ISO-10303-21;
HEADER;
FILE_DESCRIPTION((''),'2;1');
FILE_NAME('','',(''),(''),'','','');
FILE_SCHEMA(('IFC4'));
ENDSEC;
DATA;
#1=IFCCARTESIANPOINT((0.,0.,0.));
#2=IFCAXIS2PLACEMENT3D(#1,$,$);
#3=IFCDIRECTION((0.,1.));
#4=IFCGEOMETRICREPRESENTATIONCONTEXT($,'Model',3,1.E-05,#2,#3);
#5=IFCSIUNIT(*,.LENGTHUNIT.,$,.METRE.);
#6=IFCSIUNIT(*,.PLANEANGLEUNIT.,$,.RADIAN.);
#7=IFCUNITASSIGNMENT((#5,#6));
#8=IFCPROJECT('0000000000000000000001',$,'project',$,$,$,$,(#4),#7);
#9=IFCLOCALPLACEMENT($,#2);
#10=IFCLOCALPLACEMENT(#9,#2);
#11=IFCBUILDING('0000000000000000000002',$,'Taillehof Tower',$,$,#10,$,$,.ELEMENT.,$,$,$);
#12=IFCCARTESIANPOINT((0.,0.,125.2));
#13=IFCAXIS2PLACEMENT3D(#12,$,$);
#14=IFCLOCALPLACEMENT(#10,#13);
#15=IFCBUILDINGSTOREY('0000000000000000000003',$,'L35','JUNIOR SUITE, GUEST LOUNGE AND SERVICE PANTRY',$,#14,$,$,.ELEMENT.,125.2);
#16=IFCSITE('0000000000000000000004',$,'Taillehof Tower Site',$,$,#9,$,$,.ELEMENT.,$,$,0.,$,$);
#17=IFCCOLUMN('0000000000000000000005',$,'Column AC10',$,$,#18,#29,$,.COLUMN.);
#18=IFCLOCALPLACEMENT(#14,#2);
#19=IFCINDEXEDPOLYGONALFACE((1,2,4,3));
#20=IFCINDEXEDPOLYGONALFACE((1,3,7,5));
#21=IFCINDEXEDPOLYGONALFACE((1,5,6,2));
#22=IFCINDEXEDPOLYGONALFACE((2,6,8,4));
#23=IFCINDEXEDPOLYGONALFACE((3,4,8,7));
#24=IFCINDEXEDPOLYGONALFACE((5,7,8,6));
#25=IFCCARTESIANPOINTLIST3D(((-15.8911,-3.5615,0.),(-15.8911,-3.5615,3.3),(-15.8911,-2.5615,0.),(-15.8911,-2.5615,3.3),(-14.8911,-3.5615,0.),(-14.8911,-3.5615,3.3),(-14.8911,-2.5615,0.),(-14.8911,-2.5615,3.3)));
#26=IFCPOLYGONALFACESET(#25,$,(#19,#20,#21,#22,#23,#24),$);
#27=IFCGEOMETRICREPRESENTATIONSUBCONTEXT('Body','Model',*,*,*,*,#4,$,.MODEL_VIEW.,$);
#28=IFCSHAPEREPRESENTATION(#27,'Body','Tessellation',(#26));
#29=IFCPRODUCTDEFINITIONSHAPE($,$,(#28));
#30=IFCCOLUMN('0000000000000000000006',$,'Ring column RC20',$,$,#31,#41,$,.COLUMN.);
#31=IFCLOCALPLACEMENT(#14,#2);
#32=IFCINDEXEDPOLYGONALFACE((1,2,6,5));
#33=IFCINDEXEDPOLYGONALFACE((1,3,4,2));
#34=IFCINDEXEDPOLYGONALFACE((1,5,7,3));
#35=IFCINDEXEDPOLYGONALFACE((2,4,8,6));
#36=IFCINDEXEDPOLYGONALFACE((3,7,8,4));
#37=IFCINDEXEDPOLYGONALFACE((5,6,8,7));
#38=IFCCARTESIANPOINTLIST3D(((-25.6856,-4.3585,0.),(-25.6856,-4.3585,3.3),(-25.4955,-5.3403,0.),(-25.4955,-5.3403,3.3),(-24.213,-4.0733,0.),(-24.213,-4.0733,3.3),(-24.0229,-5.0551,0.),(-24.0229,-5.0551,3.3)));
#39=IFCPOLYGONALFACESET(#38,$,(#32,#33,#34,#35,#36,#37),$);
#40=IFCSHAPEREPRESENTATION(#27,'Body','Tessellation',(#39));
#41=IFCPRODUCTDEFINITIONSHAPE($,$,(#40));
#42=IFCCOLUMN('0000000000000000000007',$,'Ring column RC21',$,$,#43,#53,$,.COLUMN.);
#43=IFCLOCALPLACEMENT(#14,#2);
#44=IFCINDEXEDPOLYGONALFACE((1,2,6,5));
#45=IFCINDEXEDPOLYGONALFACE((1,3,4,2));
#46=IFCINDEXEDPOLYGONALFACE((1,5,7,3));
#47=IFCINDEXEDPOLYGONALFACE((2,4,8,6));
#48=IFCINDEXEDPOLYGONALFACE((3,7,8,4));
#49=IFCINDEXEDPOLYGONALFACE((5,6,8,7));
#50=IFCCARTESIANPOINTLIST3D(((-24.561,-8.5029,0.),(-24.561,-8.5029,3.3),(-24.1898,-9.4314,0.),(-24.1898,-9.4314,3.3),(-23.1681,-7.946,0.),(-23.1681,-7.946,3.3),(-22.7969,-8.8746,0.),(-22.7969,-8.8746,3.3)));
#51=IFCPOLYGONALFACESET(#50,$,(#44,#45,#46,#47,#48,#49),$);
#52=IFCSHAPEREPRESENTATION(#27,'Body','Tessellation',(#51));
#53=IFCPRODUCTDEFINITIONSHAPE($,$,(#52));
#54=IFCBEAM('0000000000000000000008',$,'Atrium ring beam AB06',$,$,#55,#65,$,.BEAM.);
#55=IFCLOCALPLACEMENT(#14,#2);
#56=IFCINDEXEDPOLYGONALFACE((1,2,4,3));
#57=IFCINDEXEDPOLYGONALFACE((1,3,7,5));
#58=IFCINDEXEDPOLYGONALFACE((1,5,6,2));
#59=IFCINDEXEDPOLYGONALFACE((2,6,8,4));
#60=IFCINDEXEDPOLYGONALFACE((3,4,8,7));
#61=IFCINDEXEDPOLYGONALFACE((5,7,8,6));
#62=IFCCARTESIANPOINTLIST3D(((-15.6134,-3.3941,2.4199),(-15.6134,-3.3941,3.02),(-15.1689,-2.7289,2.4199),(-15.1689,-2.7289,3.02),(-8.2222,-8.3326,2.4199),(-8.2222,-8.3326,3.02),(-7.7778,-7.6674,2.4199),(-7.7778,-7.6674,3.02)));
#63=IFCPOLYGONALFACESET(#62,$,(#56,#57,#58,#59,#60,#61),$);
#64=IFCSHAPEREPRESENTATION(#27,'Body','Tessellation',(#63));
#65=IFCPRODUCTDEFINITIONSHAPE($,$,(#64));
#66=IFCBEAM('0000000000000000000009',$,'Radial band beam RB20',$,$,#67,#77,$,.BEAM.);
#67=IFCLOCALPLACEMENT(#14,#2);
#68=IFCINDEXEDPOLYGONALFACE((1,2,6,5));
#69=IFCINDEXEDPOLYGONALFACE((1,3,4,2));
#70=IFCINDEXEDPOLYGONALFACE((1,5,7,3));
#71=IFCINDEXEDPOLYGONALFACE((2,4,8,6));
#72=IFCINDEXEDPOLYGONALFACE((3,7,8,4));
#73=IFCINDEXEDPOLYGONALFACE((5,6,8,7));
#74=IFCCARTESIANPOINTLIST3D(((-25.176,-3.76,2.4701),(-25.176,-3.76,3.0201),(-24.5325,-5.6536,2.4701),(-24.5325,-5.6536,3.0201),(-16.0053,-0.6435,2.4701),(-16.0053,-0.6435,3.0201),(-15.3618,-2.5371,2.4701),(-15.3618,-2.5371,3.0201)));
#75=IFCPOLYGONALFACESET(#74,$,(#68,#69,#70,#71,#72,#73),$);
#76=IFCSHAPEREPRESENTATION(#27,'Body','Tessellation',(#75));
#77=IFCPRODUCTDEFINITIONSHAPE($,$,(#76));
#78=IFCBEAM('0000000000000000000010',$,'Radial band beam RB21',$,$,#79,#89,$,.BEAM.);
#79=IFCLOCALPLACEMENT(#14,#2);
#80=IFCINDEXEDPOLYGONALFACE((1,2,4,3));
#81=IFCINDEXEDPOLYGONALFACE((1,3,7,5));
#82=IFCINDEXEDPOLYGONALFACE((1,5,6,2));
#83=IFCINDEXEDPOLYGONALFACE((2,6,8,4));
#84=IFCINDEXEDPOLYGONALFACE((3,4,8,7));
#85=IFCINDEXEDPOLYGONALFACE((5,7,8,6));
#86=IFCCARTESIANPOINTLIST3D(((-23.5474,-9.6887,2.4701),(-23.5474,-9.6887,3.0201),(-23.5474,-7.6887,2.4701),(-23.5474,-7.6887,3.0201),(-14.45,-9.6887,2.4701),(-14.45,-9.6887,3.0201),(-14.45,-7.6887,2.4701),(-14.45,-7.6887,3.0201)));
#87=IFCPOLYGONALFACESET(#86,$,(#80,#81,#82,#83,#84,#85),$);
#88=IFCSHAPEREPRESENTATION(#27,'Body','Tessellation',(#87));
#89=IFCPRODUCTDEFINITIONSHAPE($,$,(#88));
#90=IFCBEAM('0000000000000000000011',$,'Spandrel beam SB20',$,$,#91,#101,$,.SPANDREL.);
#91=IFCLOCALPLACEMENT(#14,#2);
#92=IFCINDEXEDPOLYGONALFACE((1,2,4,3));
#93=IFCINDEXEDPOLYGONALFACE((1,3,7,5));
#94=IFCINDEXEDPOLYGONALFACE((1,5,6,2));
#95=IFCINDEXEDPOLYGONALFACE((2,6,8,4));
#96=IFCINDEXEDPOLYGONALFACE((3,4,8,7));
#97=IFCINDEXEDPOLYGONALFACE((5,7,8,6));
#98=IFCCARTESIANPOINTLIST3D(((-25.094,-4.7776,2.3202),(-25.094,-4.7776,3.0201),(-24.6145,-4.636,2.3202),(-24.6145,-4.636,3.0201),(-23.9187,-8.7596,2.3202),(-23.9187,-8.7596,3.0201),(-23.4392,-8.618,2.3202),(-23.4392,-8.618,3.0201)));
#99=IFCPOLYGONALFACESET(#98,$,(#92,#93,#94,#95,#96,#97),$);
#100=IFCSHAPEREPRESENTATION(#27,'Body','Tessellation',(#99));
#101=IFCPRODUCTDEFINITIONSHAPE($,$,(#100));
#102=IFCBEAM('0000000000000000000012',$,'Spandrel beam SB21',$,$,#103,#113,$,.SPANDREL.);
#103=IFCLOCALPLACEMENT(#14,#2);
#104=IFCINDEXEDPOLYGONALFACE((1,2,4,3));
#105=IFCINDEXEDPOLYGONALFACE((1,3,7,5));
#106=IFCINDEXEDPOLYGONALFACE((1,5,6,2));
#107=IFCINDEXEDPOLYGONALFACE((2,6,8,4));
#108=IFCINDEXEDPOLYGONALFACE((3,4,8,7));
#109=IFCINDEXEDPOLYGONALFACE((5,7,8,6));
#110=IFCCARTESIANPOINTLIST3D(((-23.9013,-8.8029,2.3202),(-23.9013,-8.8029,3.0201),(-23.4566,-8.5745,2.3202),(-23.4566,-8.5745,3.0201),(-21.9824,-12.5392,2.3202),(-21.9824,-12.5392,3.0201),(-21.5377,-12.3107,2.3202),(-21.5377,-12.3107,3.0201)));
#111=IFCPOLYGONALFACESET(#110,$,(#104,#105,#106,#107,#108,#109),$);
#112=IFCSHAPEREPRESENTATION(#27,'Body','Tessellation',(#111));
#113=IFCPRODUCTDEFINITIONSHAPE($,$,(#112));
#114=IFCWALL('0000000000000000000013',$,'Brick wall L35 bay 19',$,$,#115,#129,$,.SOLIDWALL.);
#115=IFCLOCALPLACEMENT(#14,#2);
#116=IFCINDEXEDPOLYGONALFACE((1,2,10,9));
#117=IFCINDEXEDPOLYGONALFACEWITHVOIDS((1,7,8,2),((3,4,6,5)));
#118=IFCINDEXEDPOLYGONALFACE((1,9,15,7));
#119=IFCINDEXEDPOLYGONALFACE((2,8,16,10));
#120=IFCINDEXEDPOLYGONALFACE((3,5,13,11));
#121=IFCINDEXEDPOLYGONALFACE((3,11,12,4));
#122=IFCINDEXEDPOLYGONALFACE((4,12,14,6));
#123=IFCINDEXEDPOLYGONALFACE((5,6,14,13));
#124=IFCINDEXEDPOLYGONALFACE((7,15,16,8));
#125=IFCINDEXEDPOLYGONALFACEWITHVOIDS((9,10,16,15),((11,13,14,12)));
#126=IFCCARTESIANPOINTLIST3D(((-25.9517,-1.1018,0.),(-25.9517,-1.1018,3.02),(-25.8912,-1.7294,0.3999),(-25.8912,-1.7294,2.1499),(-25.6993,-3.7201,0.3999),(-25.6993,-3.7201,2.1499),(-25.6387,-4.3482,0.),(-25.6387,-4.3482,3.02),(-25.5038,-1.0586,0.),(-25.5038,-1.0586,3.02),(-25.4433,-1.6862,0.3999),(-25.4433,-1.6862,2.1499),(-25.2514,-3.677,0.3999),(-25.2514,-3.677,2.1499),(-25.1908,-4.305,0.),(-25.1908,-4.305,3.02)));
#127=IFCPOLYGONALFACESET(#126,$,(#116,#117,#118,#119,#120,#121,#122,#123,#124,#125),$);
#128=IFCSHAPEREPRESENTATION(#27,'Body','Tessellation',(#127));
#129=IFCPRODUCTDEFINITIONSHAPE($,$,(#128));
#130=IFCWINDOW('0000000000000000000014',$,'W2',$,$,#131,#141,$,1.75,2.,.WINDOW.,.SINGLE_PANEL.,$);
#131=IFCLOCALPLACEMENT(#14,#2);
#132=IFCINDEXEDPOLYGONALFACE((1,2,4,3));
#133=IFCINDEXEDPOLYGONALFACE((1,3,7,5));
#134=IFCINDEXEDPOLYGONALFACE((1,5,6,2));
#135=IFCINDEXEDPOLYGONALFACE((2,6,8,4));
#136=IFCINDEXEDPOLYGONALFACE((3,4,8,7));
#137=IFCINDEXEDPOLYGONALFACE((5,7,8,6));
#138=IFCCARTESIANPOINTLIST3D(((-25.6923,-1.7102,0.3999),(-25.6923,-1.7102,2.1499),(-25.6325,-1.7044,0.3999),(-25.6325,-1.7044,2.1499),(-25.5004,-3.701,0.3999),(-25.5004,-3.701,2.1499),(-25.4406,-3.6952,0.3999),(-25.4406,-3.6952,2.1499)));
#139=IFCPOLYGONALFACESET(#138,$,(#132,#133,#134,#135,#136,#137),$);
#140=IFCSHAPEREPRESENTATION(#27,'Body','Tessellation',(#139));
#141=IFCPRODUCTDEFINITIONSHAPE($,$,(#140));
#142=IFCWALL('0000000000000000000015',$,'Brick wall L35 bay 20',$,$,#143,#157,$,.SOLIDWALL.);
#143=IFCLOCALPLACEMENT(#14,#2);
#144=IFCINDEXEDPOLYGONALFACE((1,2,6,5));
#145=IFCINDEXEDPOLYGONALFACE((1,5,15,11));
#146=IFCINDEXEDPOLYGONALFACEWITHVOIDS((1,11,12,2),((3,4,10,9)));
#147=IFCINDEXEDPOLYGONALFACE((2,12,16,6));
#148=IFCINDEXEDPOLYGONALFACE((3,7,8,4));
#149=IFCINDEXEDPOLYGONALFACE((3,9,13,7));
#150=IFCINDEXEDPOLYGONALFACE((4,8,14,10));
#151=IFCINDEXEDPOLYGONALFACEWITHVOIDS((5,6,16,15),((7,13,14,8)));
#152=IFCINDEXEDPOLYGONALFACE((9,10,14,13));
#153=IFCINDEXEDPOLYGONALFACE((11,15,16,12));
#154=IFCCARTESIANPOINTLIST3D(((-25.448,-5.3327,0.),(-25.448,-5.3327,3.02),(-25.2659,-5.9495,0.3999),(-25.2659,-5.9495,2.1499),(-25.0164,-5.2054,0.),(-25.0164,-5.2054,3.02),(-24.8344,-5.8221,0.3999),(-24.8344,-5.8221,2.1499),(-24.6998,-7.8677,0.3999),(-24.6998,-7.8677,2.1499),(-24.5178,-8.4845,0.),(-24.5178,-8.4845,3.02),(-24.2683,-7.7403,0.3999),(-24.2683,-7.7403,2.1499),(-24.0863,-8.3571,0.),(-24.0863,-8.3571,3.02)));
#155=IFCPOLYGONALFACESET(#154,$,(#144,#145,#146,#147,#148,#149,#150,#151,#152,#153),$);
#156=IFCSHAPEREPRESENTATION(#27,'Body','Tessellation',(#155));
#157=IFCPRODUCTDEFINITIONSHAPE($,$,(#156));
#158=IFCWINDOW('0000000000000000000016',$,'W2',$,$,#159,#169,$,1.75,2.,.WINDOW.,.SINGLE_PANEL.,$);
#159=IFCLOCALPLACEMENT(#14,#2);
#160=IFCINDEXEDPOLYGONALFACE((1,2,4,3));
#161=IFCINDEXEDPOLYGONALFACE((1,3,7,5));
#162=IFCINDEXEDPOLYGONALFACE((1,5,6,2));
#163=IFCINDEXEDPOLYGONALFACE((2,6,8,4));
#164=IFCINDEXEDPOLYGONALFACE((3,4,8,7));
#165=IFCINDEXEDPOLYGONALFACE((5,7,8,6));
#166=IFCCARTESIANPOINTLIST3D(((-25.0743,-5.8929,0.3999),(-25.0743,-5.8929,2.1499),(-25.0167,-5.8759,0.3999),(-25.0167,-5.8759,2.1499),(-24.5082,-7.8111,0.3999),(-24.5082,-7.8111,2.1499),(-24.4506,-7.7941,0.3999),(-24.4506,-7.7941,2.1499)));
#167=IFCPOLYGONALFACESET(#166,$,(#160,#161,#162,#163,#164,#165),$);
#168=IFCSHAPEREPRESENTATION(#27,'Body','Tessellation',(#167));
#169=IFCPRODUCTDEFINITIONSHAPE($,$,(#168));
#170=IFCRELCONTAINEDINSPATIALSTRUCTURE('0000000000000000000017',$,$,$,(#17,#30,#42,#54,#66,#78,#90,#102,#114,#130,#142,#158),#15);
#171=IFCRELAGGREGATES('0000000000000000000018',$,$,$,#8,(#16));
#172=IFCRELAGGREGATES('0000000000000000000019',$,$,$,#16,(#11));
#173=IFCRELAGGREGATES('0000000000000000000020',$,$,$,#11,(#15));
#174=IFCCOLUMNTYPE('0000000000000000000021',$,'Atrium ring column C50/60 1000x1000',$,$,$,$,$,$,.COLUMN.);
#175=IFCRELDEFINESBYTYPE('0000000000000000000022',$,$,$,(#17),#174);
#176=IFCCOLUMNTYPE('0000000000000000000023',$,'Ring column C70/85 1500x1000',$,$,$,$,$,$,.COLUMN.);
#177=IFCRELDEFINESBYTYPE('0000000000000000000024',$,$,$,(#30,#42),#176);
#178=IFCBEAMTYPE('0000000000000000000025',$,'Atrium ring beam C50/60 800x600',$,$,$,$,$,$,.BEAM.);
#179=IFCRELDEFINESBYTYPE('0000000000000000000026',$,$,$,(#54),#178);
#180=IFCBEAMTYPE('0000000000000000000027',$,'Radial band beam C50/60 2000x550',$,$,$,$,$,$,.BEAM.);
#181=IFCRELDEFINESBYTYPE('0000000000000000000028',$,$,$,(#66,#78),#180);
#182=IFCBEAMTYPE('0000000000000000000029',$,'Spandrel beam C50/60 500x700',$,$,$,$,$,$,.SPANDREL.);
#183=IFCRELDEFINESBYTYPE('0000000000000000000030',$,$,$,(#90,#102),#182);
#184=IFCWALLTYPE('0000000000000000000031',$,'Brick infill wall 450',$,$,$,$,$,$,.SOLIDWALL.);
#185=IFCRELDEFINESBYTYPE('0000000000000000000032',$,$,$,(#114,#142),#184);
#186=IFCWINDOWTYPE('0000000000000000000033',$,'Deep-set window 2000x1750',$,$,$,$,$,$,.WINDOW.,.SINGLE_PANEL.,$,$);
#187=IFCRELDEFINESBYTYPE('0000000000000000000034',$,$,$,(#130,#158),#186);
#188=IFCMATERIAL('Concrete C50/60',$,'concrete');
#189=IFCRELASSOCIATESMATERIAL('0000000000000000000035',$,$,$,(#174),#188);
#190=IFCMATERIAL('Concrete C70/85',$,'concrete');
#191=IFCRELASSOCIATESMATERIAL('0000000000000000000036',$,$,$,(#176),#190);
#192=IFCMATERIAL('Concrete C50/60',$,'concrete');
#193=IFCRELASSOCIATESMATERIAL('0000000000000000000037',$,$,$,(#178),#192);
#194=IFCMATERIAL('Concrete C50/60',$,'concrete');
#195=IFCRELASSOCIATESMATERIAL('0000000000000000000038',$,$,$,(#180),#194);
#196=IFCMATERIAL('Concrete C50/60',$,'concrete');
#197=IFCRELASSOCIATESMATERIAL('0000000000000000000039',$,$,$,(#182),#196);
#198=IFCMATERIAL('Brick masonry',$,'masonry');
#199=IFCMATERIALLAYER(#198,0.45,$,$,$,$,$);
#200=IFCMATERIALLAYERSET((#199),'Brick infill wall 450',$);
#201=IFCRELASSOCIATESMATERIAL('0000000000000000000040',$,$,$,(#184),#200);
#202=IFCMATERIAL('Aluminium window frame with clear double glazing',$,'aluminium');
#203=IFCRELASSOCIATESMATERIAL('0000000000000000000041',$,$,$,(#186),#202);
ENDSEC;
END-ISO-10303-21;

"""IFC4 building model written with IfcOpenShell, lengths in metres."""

from ifc_helpers import new_model, si_unit, direction, frame, frame_2d, origin, origin_2d, place, context, subcontext, project, spatial, rectangle, extrude, material, layer, layer_set, material_profile, profile_set, type_object, element, fill, save


model = new_model("IFC4")

# Units and contexts
model_context = context("Model", 3, precision=1e-05, world=origin(), true_north=direction((0.0, 1.0)))
body_context = subcontext(model_context, "Body", "Model", "MODEL_VIEW")
ifc_project = project(units=[si_unit("LENGTHUNIT", "METRE"), si_unit("PLANEANGLEUNIT", "RADIAN")], contexts=[model_context])

# Site, building, storey
site_placement = place(None, origin())
site = spatial("IfcSite", under=ifc_project, at=site_placement, Name="Taillehof Tower Site", CompositionType="ELEMENT", RefElevation=0.0)
building_placement = place(site_placement, origin())
building = spatial("IfcBuilding", under=site, at=building_placement, Name="Taillehof Tower", CompositionType="ELEMENT")
storey_placement = place(building_placement, frame((0.0, 0.0, 125.2)))
storey = spatial("IfcBuildingStorey", under=building, at=storey_placement, Name="L35", Description="JUNIOR SUITE, GUEST LOUNGE AND SERVICE PANTRY", CompositionType="ELEMENT", Elevation=125.2)

# Columns
ifc_material_1 = material(Name="Concrete C50/60", Category="concrete")
ifc_material_profile_1 = material_profile(ifc_material_1, rectangle(XDim=1.0, YDim=1.0, at=origin_2d()), Name="RC 1000x1000")
ifc_profile_set_1 = profile_set([ifc_material_profile_1], Name="Concrete C50/60")
column_type_1 = type_object("IfcColumnType", Name="Atrium ring column C50/60 1000x1000", PredefinedType="COLUMN", material=ifc_profile_set_1)
column_placement = place(storey_placement, frame((-15.3911, -3.0615, 0.0), z_axis=(0.0, 0.0, 1.0), x_axis=(1.0, 0.0, 0.0)))
element("IfcColumn", 1, at=column_placement, inside=storey, type_object=column_type_1, Name="Column AC10", PredefinedType="COLUMN", context=body_context, shape_type="SweptSolid", body=[
    extrude(rectangle(XDim=1.0, YDim=1.0, at=origin_2d()), origin(), (0.0, 0.0, 1.0), 3.3),
])
ifc_material_2 = material(Name="Concrete C70/85", Category="concrete")
ifc_material_profile_2 = material_profile(ifc_material_2, rectangle(XDim=1.5, YDim=1.0, at=origin_2d()), Name="RC 1500x1000")
ifc_profile_set_2 = profile_set([ifc_material_profile_2], Name="Concrete C70/85")
column_type_2 = type_object("IfcColumnType", Name="Ring column C70/85 1500x1000", PredefinedType="COLUMN", material=ifc_profile_set_2)
for number, where, z_axis, x_axis, name in (
    (2, (-24.8542, -4.7068, 0.0), (0.0, 0.0, 1.0), (-0.981757, -0.190138, 0.0), "Ring column RC20"),
    (3, (-23.679, -8.6887, 0.0), (0.0, 0.0, 1.0), (-0.92855, -0.371207, 0.0), "Ring column RC21"),
):
    element("IfcColumn", number, at=place(storey_placement, frame(where, z_axis=z_axis, x_axis=x_axis)), inside=storey, type_object=column_type_2, Name=name, PredefinedType="COLUMN", context=body_context, shape_type="SweptSolid", body=[
        extrude(rectangle(XDim=1.5, YDim=1.0, at=origin_2d()), origin(), (0.0, 0.0, 1.0), 3.3),
    ])

# Beams
ifc_material_3 = material(Name="Concrete C50/60", Category="concrete")
ifc_material_profile_3 = material_profile(ifc_material_3, rectangle(XDim=0.8, YDim=0.6001, at=origin_2d()), Name="RC 800x600")
ifc_profile_set_3 = profile_set([ifc_material_profile_3], Name="Concrete C50/60")
beam_type_1 = type_object("IfcBeamType", Name="Atrium ring beam C50/60 800x600", PredefinedType="BEAM", material=ifc_profile_set_3)
beam_1_placement = place(storey_placement, frame((-15.3911, -3.0615, 2.72), z_axis=(0.831475, -0.555562, 0.0), x_axis=(0.555562, 0.831475, 0.0)))
element("IfcBeam", 4, at=beam_1_placement, inside=storey, type_object=beam_type_1, Name="Atrium ring beam AB06", PredefinedType="BEAM", context=body_context, shape_type="SweptSolid", body=[
    extrude(rectangle(XDim=0.8, YDim=0.6001, at=origin_2d()), origin(), (0.0, 0.0, 1.0), 8.8892),
])
ifc_material_4 = material(Name="Concrete C50/60", Category="concrete")
ifc_material_profile_4 = material_profile(ifc_material_4, rectangle(XDim=2.0, YDim=0.55, at=origin_2d()), Name="RC 2000x550")
ifc_profile_set_4 = profile_set([ifc_material_profile_4], Name="Concrete C50/60")
beam_type_2 = type_object("IfcBeamType", Name="Radial band beam C50/60 2000x550", PredefinedType="BEAM", material=ifc_profile_set_4)
beam_2_placement = place(storey_placement, frame((-24.8542, -4.7068, 2.7451), z_axis=(0.946822, 0.321758, 0.0), x_axis=(-0.321758, 0.946822, 0.0)))
element("IfcBeam", 5, at=beam_2_placement, inside=storey, type_object=beam_type_2, Name="Radial band beam RB20", PredefinedType="BEAM", context=body_context, shape_type="SweptSolid", body=[
    extrude(rectangle(XDim=2.0, YDim=0.55, at=origin_2d()), origin(), (0.0, 0.0, 1.0), 9.6858),
])
beam_3_placement = place(storey_placement, frame((-23.5474, -8.6887, 2.7451), z_axis=(1.0, 0.0, 0.0), x_axis=(0.0, 1.0, 0.0)))
element("IfcBeam", 6, at=beam_3_placement, inside=storey, type_object=beam_type_2, Name="Radial band beam RB21", PredefinedType="BEAM", context=body_context, shape_type="SweptSolid", body=[
    extrude(rectangle(XDim=2.0, YDim=0.55, at=origin_2d()), origin(), (0.0, 0.0, 1.0), 9.0974),
])
ifc_material_5 = material(Name="Concrete C50/60", Category="concrete")
ifc_material_profile_5 = material_profile(ifc_material_5, rectangle(XDim=0.5, YDim=0.7, at=origin_2d()), Name="RC 500x700")
ifc_profile_set_5 = profile_set([ifc_material_profile_5], Name="Concrete C50/60")
beam_type_3 = type_object("IfcBeamType", Name="Spandrel beam C50/60 500x700", PredefinedType="SPANDREL", material=ifc_profile_set_5)
beam_4_placement = place(storey_placement, frame((-24.8542, -4.7068, 2.6702), z_axis=(0.283083, -0.959095, 0.0), x_axis=(0.959095, 0.283083, 0.0)))
element("IfcBeam", 7, at=beam_4_placement, inside=storey, type_object=beam_type_3, Name="Spandrel beam SB20", PredefinedType="SPANDREL", context=body_context, shape_type="SweptSolid", body=[
    extrude(rectangle(XDim=0.5, YDim=0.7, at=origin_2d()), origin(), (0.0, 0.0, 1.0), 4.1519),
])
beam_5_placement = place(storey_placement, frame((-23.679, -8.6887, 2.6702), z_axis=(0.456859, -0.889539, 0.0), x_axis=(0.889539, 0.456859, 0.0)))
element("IfcBeam", 8, at=beam_5_placement, inside=storey, type_object=beam_type_3, Name="Spandrel beam SB21", PredefinedType="SPANDREL", context=body_context, shape_type="SweptSolid", body=[
    extrude(rectangle(XDim=0.5, YDim=0.7, at=origin_2d()), origin(), (0.0, 0.0, 1.0), 4.2002),
])

# Walls, openings, windows
ifc_material_6 = material(Name="Brick masonry", Category="masonry")
ifc_layer_1 = layer(ifc_material_6, 0.45)
ifc_layer_set_1 = layer_set([ifc_layer_1], Name="Brick infill wall 450")
wall_type_1 = type_object("IfcWallType", Name="Brick infill wall 450", PredefinedType="SOLIDWALL", material=ifc_layer_set_1)
wall_1_placement = place(storey_placement, frame((-25.7278, -1.0801, 0.0), z_axis=(0.0, 0.0, 1.0), x_axis=(0.095968, -0.995384, 0.0)))
wall_1 = element("IfcWall", 9, at=wall_1_placement, inside=storey, type_object=wall_type_1, Name="Brick wall L35 bay 19", PredefinedType="SOLIDWALL", context=body_context, shape_type="SweptSolid", body=[
    extrude(rectangle(XDim=3.2615, YDim=0.45, at=frame_2d((1.6309, 0.0))), origin(), (0.0, 0.0, 1.0), 3.02),
])
opening_1_placement = place(wall_1_placement, frame((0.6306, 0.0, 0.3999)))
opening_1 = element("IfcOpeningElement", 10, at=opening_1_placement, cuts=wall_1, PredefinedType="OPENING", context=body_context, shape_type="SweptSolid", body=[
    extrude(rectangle(XDim=2.0, YDim=1.75, at=frame_2d((1.0, 0.875))), frame((0.0, 0.2349, 0.0), z_axis=(0.0, -1.0, 0.0), x_axis=(1.0, 0.0, 0.0)), (0.0, 0.0, 1.0), 0.47),
])
ifc_material_7 = material(Name="Aluminium window frame with clear double glazing", Category="aluminium")
window_type = type_object("IfcWindowType", Name="Deep-set window 2000x1750", PartitioningType="SINGLE_PANEL", PredefinedType="WINDOW", material=ifc_material_7)
window_1_placement = place(opening_1_placement, origin())
window_1 = element("IfcWindow", 11, at=window_1_placement, inside=storey, type_object=window_type, Name="W2", OverallHeight=1.75, OverallWidth=2.0, PartitioningType="SINGLE_PANEL", PredefinedType="WINDOW", context=body_context, shape_type="SweptSolid", body=[
    extrude(rectangle(XDim=2.0, YDim=1.75, at=frame_2d((1.0, 0.875))), frame((0.0, 0.0349, 0.0), z_axis=(0.0, -1.0, 0.0), x_axis=(1.0, 0.0, 0.0)), (0.0, 0.0, 1.0), 0.0601),
])
fill(opening_1, window_1)
wall_2_placement = place(storey_placement, frame((-25.2322, -5.269, 0.0), z_axis=(0.0, 0.0, 1.0), x_axis=(0.283051, -0.959105, 0.0)))
wall_2 = element("IfcWall", 12, at=wall_2_placement, inside=storey, type_object=wall_type_1, Name="Brick wall L35 bay 20", PredefinedType="SOLIDWALL", context=body_context, shape_type="SweptSolid", body=[
    extrude(rectangle(XDim=3.2861, YDim=0.45, at=frame_2d((1.6431, 0.0))), origin(), (0.0, 0.0, 1.0), 3.02),
])
opening_2_placement = place(wall_2_placement, frame((0.6431, 0.0, 0.3999)))
opening_2 = element("IfcOpeningElement", 13, at=opening_2_placement, cuts=wall_2, PredefinedType="OPENING", context=body_context, shape_type="SweptSolid", body=[
    extrude(rectangle(XDim=2.0, YDim=1.75, at=frame_2d((1.0, 0.875))), frame((0.0, 0.2349, 0.0), z_axis=(0.0, -1.0, 0.0), x_axis=(1.0, 0.0, 0.0)), (0.0, 0.0, 1.0), 0.47),
])
window_2_placement = place(opening_2_placement, origin())
window_2 = element("IfcWindow", 14, at=window_2_placement, inside=storey, type_object=window_type, Name="W2", OverallHeight=1.75, OverallWidth=2.0, PartitioningType="SINGLE_PANEL", PredefinedType="WINDOW", context=body_context, shape_type="SweptSolid", body=[
    extrude(rectangle(XDim=2.0, YDim=1.75, at=frame_2d((1.0, 0.875))), frame((0.0, 0.0349, 0.0), z_axis=(0.0, -1.0, 0.0), x_axis=(1.0, 0.0, 0.0)), (0.0, 0.0, 1.0), 0.0601),
])
fill(opening_2, window_2)

save(model, "model.ifc")
